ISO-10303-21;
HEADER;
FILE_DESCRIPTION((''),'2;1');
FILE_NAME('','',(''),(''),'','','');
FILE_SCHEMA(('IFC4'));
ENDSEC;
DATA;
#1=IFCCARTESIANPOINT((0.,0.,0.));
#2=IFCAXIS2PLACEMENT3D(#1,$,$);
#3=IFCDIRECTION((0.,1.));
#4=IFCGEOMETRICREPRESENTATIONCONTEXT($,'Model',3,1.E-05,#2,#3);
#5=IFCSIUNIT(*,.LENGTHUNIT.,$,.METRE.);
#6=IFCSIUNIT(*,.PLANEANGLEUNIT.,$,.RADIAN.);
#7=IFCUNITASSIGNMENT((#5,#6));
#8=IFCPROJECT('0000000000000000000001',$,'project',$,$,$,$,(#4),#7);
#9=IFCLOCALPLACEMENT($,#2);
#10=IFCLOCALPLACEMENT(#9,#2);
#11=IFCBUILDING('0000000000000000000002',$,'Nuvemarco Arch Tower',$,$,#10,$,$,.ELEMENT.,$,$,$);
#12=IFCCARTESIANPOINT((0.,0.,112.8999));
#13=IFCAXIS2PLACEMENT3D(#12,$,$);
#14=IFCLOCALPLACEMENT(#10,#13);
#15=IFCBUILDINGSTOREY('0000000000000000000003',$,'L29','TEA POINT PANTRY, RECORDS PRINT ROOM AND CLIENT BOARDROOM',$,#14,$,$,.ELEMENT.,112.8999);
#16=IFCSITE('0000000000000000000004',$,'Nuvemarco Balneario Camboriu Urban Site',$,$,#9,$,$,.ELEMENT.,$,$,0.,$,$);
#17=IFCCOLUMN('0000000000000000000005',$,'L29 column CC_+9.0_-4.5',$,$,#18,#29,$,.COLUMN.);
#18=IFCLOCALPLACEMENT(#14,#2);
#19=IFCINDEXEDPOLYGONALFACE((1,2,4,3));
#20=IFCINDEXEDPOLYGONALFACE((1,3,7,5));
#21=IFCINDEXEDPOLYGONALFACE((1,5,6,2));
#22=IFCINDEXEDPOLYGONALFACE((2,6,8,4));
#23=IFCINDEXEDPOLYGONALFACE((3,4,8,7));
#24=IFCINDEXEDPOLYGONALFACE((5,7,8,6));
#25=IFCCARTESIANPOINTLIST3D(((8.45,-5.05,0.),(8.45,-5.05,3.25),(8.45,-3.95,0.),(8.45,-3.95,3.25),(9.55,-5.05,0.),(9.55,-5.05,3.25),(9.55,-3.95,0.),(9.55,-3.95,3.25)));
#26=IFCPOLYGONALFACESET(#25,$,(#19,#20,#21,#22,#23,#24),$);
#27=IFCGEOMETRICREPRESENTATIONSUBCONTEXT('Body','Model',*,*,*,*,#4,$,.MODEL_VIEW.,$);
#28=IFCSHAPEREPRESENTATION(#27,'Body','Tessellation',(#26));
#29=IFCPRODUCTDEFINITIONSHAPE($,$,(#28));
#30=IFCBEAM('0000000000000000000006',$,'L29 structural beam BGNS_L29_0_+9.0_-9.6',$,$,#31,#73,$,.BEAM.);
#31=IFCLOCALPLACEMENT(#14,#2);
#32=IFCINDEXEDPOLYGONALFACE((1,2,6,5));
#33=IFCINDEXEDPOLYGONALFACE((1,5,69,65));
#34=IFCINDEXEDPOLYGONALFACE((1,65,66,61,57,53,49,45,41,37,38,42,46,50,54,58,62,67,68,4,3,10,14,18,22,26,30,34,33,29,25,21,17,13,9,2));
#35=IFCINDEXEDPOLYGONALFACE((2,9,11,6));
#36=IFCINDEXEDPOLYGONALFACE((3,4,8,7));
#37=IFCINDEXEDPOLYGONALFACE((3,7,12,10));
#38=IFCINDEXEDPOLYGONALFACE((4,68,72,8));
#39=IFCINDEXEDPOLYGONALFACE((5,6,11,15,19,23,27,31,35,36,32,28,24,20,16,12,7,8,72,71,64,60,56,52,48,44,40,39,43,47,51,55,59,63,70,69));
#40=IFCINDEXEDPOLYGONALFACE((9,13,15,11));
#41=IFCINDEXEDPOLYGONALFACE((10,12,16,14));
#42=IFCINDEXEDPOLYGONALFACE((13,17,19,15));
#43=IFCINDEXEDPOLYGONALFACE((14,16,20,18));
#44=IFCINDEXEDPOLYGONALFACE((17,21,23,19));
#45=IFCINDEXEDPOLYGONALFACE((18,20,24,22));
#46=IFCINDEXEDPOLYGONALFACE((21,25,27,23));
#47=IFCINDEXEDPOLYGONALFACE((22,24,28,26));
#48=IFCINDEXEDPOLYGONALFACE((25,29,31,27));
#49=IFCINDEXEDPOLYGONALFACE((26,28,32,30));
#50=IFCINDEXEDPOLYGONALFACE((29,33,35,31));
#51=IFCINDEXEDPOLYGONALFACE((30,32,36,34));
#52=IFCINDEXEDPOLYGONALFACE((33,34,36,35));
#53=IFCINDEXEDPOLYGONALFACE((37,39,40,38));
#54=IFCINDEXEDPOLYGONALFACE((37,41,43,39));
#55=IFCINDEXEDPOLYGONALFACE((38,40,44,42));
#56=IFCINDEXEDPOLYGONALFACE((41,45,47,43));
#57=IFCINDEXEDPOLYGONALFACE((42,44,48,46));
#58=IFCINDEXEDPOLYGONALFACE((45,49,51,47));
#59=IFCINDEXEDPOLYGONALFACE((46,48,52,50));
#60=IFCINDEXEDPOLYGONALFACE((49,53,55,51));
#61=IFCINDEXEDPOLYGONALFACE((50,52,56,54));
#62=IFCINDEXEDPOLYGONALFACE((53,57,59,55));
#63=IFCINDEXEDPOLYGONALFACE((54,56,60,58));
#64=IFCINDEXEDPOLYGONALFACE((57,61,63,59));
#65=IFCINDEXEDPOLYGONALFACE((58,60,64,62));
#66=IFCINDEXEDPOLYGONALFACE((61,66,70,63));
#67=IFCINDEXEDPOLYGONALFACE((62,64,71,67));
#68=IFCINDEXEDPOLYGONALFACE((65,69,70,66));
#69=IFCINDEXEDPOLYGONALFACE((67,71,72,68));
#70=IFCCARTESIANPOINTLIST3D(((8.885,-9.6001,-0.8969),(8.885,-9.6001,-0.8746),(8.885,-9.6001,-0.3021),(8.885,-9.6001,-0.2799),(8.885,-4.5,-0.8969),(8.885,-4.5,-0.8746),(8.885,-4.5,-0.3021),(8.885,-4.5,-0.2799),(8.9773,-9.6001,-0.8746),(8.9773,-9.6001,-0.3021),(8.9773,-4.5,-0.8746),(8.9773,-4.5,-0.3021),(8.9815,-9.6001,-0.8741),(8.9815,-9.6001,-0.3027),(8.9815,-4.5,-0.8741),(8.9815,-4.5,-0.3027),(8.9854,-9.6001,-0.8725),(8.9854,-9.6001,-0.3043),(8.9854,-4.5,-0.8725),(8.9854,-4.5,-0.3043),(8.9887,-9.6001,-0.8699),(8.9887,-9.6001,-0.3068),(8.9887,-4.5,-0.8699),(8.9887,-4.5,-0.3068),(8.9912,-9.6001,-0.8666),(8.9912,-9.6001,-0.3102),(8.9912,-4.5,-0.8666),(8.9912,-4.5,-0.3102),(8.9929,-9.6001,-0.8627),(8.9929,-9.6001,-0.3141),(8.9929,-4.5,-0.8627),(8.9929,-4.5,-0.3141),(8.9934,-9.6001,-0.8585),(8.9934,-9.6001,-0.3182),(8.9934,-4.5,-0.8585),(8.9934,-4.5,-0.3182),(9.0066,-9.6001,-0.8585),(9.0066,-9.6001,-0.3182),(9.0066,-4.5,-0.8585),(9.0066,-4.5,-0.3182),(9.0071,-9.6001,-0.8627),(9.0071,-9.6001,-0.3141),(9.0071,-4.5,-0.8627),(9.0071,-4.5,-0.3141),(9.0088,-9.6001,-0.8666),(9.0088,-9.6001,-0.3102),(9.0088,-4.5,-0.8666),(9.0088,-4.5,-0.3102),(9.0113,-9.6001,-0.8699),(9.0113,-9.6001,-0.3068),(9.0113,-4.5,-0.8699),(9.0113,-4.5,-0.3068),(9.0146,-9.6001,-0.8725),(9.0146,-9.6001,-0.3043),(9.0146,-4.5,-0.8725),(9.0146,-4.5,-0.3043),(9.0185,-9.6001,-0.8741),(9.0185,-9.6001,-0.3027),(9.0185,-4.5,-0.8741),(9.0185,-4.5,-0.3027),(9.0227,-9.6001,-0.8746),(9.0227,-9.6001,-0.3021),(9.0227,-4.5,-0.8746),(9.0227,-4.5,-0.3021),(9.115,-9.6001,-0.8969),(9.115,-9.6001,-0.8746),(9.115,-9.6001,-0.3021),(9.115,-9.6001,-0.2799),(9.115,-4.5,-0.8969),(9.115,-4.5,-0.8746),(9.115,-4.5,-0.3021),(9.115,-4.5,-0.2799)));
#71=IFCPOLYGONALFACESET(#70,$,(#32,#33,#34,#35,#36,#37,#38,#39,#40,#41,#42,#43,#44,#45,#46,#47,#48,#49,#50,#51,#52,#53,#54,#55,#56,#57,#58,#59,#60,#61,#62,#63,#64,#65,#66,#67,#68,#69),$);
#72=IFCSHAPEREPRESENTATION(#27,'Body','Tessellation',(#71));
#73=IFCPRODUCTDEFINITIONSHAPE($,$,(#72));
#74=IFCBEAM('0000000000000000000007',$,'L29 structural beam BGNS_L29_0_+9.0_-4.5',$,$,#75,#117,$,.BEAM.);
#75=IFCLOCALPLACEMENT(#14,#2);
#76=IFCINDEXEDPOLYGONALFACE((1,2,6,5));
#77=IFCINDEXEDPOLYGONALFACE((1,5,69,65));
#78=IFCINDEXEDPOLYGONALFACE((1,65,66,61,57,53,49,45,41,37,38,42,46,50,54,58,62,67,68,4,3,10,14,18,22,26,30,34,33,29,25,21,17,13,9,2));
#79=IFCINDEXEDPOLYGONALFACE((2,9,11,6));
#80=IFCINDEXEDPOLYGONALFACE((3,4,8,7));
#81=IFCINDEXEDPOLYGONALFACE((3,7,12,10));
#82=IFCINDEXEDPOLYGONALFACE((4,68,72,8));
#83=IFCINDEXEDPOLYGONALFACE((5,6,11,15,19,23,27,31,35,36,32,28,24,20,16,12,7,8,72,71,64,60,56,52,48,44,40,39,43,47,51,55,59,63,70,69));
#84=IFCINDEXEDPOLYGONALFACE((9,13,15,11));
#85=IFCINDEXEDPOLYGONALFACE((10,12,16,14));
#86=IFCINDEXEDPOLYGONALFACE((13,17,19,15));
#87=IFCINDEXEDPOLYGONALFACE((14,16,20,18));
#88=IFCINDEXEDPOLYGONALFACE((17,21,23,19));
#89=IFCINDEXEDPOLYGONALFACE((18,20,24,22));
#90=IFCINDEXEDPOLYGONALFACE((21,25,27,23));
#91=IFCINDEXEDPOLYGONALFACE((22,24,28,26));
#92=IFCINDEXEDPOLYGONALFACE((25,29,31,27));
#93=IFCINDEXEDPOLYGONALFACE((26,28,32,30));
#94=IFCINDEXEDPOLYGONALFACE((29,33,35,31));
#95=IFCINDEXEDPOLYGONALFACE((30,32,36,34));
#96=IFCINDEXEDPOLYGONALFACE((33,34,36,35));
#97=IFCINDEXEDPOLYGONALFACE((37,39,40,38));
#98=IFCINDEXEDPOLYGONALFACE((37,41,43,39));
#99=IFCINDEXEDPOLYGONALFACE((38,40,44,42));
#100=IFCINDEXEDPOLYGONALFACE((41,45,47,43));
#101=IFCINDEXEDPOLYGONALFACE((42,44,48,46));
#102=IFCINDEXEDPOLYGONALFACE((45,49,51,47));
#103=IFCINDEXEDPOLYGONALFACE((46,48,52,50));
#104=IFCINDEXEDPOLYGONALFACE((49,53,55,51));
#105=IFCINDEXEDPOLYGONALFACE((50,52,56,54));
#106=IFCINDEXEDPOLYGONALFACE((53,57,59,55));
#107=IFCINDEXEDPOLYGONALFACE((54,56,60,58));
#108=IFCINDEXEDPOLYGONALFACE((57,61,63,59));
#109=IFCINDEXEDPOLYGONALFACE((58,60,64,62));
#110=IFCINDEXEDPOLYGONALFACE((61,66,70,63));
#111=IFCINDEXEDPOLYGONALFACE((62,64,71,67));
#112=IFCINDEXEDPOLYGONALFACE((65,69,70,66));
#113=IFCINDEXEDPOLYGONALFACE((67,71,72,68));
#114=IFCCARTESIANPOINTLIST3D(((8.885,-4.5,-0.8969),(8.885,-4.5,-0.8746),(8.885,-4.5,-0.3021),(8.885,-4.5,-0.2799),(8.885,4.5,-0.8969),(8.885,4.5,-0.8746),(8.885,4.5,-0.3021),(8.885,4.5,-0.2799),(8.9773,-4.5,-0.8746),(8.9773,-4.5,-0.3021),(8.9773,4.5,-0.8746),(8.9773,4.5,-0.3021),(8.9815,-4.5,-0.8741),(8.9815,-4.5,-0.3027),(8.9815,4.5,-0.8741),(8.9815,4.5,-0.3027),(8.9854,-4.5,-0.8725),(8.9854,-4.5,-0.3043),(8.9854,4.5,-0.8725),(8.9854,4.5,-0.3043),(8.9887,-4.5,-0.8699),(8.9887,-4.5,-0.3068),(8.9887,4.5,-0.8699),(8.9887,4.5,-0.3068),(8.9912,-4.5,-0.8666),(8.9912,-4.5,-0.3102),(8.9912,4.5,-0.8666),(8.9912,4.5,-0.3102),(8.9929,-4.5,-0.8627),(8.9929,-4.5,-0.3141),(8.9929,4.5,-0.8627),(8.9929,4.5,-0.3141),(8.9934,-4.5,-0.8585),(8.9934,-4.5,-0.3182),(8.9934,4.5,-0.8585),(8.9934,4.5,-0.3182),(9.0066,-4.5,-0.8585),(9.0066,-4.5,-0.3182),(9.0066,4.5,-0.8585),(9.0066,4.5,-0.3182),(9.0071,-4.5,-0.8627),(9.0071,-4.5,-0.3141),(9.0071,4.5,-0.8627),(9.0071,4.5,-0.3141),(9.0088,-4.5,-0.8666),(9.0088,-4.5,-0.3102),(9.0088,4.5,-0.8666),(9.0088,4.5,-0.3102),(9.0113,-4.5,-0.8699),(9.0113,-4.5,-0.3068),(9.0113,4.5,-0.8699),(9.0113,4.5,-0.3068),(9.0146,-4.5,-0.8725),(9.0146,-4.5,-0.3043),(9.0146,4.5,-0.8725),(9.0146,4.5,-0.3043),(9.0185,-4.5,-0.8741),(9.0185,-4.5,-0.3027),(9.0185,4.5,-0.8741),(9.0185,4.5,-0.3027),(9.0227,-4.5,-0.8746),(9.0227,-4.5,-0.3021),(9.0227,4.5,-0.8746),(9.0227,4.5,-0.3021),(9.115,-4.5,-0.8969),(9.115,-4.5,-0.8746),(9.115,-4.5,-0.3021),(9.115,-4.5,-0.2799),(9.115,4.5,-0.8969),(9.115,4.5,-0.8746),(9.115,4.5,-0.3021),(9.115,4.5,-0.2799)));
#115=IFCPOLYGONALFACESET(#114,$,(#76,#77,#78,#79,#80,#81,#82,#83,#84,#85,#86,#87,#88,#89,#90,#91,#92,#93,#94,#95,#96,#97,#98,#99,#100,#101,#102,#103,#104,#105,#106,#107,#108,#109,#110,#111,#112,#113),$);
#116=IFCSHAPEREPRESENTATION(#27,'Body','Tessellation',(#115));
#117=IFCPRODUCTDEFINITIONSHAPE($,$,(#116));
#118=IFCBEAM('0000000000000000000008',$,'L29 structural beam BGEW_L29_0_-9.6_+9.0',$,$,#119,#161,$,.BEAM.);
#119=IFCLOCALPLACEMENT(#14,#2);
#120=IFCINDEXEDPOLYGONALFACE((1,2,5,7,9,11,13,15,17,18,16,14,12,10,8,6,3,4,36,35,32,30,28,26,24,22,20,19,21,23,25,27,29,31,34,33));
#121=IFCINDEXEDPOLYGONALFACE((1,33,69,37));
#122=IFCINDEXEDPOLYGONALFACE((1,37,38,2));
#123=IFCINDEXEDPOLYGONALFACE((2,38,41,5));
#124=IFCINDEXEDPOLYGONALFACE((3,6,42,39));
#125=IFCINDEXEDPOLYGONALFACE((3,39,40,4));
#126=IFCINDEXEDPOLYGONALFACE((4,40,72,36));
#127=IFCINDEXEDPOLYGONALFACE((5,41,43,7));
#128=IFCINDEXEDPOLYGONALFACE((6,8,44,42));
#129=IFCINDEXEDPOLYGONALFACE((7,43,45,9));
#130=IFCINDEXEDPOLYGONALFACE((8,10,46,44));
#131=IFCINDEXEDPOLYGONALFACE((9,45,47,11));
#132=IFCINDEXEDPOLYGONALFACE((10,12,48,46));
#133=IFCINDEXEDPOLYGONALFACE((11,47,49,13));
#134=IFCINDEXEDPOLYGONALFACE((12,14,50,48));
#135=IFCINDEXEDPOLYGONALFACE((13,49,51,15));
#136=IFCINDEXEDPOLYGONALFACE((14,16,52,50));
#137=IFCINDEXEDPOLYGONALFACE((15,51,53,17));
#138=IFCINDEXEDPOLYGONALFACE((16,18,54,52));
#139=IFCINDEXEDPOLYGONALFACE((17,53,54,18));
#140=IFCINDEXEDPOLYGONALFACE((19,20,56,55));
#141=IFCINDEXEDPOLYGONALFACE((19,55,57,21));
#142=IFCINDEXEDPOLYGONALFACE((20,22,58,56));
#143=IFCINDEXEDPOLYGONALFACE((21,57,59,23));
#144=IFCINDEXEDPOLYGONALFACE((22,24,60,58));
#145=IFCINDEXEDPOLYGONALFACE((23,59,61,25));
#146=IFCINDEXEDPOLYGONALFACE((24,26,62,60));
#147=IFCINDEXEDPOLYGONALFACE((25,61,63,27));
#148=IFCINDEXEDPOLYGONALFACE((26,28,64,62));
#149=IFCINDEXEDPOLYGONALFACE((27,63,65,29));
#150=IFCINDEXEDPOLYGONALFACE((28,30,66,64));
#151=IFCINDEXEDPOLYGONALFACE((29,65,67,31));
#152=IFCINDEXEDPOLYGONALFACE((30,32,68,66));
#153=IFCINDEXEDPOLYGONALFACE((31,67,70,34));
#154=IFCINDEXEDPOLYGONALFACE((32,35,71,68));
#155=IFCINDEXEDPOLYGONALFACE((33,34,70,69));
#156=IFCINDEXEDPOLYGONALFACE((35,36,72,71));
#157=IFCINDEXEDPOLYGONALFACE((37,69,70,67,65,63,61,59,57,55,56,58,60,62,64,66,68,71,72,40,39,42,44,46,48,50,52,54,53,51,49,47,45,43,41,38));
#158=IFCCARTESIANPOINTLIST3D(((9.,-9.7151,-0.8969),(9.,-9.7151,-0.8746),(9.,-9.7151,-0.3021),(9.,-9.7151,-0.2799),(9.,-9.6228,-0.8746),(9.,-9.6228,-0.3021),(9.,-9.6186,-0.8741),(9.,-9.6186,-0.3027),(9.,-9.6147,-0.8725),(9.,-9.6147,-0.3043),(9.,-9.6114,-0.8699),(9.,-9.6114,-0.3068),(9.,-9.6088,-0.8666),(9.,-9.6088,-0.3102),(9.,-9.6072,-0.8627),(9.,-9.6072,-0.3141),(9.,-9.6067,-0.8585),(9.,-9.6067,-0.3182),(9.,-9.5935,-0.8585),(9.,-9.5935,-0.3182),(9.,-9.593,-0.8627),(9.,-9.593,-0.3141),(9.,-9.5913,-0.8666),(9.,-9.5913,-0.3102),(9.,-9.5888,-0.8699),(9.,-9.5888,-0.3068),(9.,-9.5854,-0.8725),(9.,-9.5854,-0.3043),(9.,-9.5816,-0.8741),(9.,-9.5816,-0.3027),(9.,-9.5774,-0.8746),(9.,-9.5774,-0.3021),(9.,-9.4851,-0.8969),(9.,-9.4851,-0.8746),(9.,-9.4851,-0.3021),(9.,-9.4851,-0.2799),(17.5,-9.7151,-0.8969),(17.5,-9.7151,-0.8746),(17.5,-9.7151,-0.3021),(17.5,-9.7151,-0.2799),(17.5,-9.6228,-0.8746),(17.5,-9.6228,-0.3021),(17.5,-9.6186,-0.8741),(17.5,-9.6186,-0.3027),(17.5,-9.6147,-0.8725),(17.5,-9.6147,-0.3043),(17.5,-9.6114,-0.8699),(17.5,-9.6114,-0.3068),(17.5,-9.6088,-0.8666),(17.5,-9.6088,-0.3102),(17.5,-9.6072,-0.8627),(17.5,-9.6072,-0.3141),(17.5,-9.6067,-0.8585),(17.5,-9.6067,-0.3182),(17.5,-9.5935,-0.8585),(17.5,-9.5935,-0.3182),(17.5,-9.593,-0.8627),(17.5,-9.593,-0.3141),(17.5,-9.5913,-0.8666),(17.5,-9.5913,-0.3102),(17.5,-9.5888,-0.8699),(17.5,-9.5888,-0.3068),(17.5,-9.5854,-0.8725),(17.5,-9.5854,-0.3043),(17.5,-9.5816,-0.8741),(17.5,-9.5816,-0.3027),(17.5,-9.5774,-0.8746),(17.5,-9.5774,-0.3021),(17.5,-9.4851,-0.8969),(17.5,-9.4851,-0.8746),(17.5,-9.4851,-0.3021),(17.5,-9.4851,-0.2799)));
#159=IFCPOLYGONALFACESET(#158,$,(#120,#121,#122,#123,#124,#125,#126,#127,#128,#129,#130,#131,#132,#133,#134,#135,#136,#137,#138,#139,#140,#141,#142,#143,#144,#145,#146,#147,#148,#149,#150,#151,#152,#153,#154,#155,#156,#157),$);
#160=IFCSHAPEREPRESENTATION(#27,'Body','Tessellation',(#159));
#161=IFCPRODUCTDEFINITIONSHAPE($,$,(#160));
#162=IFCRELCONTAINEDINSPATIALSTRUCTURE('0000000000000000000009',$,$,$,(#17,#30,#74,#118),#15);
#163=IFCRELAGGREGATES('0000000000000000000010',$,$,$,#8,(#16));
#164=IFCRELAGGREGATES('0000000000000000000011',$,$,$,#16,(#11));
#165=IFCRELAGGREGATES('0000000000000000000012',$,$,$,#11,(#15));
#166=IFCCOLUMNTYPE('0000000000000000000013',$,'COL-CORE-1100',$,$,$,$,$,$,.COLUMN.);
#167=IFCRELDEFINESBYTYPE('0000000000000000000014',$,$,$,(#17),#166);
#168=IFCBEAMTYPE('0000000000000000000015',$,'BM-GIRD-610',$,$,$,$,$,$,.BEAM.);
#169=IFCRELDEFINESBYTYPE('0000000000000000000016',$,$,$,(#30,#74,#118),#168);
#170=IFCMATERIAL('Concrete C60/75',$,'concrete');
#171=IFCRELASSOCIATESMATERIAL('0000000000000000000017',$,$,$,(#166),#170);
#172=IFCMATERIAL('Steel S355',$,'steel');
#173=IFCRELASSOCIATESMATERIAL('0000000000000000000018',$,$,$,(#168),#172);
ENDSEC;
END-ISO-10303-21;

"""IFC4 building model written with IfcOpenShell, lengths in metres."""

from ifc_helpers import new_model, si_unit, direction, frame, origin, origin_2d, place, context, subcontext, project, spatial, rectangle, i_section, extrude, material, material_profile, profile_set, type_object, element, save


model = new_model("IFC4")

# Units and contexts
model_context = context("Model", 3, precision=1e-05, world=origin(), true_north=direction((0.0, 1.0)))
body_context = subcontext(model_context, "Body", "Model", "MODEL_VIEW")
ifc_project = project(units=[si_unit("LENGTHUNIT", "METRE"), si_unit("PLANEANGLEUNIT", "RADIAN")], contexts=[model_context])

# Site, building, storey
site_placement = place(None, origin())
site = spatial("IfcSite", under=ifc_project, at=site_placement, Name="Nuvemarco Balneario Camboriu Urban Site", CompositionType="ELEMENT", RefElevation=0.0)
building_placement = place(site_placement, origin())
building = spatial("IfcBuilding", under=site, at=building_placement, Name="Nuvemarco Arch Tower", CompositionType="ELEMENT")
storey_placement = place(building_placement, frame((0.0, 0.0, 112.8999)))
storey = spatial("IfcBuildingStorey", under=building, at=storey_placement, Name="L29", Description="TEA POINT PANTRY, RECORDS PRINT ROOM AND CLIENT BOARDROOM", CompositionType="ELEMENT", Elevation=112.8999)

# Column
ifc_material_1 = material(Name="Concrete C60/75", Category="concrete")
ifc_material_profile_1 = material_profile(ifc_material_1, rectangle(XDim=1.1001, YDim=1.1001, at=origin_2d()), Name="RC-COL-1100x1100")
ifc_profile_set_1 = profile_set([ifc_material_profile_1], Name="Concrete C60/75")
column_type = type_object("IfcColumnType", Name="COL-CORE-1100", PredefinedType="COLUMN", material=ifc_profile_set_1)
column_placement = place(storey_placement, frame((9.0, -4.5, 0.0), z_axis=(0.0, 0.0, 1.0), x_axis=(1.0, 0.0, 0.0)))
element("IfcColumn", 1, at=column_placement, inside=storey, type_object=column_type, Name="L29 column CC_+9.0_-4.5", PredefinedType="COLUMN", context=body_context, shape_type="SweptSolid", body=[
    extrude(rectangle(XDim=1.1001, YDim=1.1001, at=origin_2d()), origin(), (0.0, 0.0, 1.0), 3.25),
])

# Beams
ifc_material_2 = material(Name="Steel S355", Category="steel")
ifc_material_profile_2 = material_profile(ifc_material_2, i_section(OverallWidth=0.23, OverallDepth=0.6169, WebThickness=0.0132, FlangeThickness=0.0222, FilletRadius=0.0161, at=origin_2d()), Name="W610x140")
ifc_profile_set_2 = profile_set([ifc_material_profile_2], Name="Steel S355")
beam_type = type_object("IfcBeamType", Name="BM-GIRD-610", PredefinedType="BEAM", material=ifc_profile_set_2)
beam_1_placement = place(storey_placement, frame((9.0, -9.6001, -0.5884), z_axis=(0.0, 1.0, 0.0), x_axis=(-1.0, 0.0, 0.0)))
element("IfcBeam", 2, at=beam_1_placement, inside=storey, type_object=beam_type, Name="L29 structural beam BGNS_L29_0_+9.0_-9.6", PredefinedType="BEAM", context=body_context, shape_type="SweptSolid", body=[
    extrude(i_section(OverallWidth=0.23, OverallDepth=0.6169, WebThickness=0.0132, FlangeThickness=0.0222, FilletRadius=0.0161, at=origin_2d()), origin(), (0.0, 0.0, 1.0), 5.1001),
])
beam_2_placement = place(storey_placement, frame((9.0, -4.5, -0.5884), z_axis=(0.0, 1.0, 0.0), x_axis=(-1.0, 0.0, 0.0)))
element("IfcBeam", 3, at=beam_2_placement, inside=storey, type_object=beam_type, Name="L29 structural beam BGNS_L29_0_+9.0_-4.5", PredefinedType="BEAM", context=body_context, shape_type="SweptSolid", body=[
    extrude(i_section(OverallWidth=0.23, OverallDepth=0.6169, WebThickness=0.0132, FlangeThickness=0.0222, FilletRadius=0.0161, at=origin_2d()), origin(), (0.0, 0.0, 1.0), 9.0),
])
beam_3_placement = place(storey_placement, frame((9.0, -9.6001, -0.5884), z_axis=(1.0, 0.0, 0.0), x_axis=(0.0, 1.0, 0.0)))
element("IfcBeam", 4, at=beam_3_placement, inside=storey, type_object=beam_type, Name="L29 structural beam BGEW_L29_0_-9.6_+9.0", PredefinedType="BEAM", context=body_context, shape_type="SweptSolid", body=[
    extrude(i_section(OverallWidth=0.23, OverallDepth=0.6169, WebThickness=0.0132, FlangeThickness=0.0222, FilletRadius=0.0161, at=origin_2d()), origin(), (0.0, 0.0, 1.0), 8.5),
])

save(model, "model.ifc")
